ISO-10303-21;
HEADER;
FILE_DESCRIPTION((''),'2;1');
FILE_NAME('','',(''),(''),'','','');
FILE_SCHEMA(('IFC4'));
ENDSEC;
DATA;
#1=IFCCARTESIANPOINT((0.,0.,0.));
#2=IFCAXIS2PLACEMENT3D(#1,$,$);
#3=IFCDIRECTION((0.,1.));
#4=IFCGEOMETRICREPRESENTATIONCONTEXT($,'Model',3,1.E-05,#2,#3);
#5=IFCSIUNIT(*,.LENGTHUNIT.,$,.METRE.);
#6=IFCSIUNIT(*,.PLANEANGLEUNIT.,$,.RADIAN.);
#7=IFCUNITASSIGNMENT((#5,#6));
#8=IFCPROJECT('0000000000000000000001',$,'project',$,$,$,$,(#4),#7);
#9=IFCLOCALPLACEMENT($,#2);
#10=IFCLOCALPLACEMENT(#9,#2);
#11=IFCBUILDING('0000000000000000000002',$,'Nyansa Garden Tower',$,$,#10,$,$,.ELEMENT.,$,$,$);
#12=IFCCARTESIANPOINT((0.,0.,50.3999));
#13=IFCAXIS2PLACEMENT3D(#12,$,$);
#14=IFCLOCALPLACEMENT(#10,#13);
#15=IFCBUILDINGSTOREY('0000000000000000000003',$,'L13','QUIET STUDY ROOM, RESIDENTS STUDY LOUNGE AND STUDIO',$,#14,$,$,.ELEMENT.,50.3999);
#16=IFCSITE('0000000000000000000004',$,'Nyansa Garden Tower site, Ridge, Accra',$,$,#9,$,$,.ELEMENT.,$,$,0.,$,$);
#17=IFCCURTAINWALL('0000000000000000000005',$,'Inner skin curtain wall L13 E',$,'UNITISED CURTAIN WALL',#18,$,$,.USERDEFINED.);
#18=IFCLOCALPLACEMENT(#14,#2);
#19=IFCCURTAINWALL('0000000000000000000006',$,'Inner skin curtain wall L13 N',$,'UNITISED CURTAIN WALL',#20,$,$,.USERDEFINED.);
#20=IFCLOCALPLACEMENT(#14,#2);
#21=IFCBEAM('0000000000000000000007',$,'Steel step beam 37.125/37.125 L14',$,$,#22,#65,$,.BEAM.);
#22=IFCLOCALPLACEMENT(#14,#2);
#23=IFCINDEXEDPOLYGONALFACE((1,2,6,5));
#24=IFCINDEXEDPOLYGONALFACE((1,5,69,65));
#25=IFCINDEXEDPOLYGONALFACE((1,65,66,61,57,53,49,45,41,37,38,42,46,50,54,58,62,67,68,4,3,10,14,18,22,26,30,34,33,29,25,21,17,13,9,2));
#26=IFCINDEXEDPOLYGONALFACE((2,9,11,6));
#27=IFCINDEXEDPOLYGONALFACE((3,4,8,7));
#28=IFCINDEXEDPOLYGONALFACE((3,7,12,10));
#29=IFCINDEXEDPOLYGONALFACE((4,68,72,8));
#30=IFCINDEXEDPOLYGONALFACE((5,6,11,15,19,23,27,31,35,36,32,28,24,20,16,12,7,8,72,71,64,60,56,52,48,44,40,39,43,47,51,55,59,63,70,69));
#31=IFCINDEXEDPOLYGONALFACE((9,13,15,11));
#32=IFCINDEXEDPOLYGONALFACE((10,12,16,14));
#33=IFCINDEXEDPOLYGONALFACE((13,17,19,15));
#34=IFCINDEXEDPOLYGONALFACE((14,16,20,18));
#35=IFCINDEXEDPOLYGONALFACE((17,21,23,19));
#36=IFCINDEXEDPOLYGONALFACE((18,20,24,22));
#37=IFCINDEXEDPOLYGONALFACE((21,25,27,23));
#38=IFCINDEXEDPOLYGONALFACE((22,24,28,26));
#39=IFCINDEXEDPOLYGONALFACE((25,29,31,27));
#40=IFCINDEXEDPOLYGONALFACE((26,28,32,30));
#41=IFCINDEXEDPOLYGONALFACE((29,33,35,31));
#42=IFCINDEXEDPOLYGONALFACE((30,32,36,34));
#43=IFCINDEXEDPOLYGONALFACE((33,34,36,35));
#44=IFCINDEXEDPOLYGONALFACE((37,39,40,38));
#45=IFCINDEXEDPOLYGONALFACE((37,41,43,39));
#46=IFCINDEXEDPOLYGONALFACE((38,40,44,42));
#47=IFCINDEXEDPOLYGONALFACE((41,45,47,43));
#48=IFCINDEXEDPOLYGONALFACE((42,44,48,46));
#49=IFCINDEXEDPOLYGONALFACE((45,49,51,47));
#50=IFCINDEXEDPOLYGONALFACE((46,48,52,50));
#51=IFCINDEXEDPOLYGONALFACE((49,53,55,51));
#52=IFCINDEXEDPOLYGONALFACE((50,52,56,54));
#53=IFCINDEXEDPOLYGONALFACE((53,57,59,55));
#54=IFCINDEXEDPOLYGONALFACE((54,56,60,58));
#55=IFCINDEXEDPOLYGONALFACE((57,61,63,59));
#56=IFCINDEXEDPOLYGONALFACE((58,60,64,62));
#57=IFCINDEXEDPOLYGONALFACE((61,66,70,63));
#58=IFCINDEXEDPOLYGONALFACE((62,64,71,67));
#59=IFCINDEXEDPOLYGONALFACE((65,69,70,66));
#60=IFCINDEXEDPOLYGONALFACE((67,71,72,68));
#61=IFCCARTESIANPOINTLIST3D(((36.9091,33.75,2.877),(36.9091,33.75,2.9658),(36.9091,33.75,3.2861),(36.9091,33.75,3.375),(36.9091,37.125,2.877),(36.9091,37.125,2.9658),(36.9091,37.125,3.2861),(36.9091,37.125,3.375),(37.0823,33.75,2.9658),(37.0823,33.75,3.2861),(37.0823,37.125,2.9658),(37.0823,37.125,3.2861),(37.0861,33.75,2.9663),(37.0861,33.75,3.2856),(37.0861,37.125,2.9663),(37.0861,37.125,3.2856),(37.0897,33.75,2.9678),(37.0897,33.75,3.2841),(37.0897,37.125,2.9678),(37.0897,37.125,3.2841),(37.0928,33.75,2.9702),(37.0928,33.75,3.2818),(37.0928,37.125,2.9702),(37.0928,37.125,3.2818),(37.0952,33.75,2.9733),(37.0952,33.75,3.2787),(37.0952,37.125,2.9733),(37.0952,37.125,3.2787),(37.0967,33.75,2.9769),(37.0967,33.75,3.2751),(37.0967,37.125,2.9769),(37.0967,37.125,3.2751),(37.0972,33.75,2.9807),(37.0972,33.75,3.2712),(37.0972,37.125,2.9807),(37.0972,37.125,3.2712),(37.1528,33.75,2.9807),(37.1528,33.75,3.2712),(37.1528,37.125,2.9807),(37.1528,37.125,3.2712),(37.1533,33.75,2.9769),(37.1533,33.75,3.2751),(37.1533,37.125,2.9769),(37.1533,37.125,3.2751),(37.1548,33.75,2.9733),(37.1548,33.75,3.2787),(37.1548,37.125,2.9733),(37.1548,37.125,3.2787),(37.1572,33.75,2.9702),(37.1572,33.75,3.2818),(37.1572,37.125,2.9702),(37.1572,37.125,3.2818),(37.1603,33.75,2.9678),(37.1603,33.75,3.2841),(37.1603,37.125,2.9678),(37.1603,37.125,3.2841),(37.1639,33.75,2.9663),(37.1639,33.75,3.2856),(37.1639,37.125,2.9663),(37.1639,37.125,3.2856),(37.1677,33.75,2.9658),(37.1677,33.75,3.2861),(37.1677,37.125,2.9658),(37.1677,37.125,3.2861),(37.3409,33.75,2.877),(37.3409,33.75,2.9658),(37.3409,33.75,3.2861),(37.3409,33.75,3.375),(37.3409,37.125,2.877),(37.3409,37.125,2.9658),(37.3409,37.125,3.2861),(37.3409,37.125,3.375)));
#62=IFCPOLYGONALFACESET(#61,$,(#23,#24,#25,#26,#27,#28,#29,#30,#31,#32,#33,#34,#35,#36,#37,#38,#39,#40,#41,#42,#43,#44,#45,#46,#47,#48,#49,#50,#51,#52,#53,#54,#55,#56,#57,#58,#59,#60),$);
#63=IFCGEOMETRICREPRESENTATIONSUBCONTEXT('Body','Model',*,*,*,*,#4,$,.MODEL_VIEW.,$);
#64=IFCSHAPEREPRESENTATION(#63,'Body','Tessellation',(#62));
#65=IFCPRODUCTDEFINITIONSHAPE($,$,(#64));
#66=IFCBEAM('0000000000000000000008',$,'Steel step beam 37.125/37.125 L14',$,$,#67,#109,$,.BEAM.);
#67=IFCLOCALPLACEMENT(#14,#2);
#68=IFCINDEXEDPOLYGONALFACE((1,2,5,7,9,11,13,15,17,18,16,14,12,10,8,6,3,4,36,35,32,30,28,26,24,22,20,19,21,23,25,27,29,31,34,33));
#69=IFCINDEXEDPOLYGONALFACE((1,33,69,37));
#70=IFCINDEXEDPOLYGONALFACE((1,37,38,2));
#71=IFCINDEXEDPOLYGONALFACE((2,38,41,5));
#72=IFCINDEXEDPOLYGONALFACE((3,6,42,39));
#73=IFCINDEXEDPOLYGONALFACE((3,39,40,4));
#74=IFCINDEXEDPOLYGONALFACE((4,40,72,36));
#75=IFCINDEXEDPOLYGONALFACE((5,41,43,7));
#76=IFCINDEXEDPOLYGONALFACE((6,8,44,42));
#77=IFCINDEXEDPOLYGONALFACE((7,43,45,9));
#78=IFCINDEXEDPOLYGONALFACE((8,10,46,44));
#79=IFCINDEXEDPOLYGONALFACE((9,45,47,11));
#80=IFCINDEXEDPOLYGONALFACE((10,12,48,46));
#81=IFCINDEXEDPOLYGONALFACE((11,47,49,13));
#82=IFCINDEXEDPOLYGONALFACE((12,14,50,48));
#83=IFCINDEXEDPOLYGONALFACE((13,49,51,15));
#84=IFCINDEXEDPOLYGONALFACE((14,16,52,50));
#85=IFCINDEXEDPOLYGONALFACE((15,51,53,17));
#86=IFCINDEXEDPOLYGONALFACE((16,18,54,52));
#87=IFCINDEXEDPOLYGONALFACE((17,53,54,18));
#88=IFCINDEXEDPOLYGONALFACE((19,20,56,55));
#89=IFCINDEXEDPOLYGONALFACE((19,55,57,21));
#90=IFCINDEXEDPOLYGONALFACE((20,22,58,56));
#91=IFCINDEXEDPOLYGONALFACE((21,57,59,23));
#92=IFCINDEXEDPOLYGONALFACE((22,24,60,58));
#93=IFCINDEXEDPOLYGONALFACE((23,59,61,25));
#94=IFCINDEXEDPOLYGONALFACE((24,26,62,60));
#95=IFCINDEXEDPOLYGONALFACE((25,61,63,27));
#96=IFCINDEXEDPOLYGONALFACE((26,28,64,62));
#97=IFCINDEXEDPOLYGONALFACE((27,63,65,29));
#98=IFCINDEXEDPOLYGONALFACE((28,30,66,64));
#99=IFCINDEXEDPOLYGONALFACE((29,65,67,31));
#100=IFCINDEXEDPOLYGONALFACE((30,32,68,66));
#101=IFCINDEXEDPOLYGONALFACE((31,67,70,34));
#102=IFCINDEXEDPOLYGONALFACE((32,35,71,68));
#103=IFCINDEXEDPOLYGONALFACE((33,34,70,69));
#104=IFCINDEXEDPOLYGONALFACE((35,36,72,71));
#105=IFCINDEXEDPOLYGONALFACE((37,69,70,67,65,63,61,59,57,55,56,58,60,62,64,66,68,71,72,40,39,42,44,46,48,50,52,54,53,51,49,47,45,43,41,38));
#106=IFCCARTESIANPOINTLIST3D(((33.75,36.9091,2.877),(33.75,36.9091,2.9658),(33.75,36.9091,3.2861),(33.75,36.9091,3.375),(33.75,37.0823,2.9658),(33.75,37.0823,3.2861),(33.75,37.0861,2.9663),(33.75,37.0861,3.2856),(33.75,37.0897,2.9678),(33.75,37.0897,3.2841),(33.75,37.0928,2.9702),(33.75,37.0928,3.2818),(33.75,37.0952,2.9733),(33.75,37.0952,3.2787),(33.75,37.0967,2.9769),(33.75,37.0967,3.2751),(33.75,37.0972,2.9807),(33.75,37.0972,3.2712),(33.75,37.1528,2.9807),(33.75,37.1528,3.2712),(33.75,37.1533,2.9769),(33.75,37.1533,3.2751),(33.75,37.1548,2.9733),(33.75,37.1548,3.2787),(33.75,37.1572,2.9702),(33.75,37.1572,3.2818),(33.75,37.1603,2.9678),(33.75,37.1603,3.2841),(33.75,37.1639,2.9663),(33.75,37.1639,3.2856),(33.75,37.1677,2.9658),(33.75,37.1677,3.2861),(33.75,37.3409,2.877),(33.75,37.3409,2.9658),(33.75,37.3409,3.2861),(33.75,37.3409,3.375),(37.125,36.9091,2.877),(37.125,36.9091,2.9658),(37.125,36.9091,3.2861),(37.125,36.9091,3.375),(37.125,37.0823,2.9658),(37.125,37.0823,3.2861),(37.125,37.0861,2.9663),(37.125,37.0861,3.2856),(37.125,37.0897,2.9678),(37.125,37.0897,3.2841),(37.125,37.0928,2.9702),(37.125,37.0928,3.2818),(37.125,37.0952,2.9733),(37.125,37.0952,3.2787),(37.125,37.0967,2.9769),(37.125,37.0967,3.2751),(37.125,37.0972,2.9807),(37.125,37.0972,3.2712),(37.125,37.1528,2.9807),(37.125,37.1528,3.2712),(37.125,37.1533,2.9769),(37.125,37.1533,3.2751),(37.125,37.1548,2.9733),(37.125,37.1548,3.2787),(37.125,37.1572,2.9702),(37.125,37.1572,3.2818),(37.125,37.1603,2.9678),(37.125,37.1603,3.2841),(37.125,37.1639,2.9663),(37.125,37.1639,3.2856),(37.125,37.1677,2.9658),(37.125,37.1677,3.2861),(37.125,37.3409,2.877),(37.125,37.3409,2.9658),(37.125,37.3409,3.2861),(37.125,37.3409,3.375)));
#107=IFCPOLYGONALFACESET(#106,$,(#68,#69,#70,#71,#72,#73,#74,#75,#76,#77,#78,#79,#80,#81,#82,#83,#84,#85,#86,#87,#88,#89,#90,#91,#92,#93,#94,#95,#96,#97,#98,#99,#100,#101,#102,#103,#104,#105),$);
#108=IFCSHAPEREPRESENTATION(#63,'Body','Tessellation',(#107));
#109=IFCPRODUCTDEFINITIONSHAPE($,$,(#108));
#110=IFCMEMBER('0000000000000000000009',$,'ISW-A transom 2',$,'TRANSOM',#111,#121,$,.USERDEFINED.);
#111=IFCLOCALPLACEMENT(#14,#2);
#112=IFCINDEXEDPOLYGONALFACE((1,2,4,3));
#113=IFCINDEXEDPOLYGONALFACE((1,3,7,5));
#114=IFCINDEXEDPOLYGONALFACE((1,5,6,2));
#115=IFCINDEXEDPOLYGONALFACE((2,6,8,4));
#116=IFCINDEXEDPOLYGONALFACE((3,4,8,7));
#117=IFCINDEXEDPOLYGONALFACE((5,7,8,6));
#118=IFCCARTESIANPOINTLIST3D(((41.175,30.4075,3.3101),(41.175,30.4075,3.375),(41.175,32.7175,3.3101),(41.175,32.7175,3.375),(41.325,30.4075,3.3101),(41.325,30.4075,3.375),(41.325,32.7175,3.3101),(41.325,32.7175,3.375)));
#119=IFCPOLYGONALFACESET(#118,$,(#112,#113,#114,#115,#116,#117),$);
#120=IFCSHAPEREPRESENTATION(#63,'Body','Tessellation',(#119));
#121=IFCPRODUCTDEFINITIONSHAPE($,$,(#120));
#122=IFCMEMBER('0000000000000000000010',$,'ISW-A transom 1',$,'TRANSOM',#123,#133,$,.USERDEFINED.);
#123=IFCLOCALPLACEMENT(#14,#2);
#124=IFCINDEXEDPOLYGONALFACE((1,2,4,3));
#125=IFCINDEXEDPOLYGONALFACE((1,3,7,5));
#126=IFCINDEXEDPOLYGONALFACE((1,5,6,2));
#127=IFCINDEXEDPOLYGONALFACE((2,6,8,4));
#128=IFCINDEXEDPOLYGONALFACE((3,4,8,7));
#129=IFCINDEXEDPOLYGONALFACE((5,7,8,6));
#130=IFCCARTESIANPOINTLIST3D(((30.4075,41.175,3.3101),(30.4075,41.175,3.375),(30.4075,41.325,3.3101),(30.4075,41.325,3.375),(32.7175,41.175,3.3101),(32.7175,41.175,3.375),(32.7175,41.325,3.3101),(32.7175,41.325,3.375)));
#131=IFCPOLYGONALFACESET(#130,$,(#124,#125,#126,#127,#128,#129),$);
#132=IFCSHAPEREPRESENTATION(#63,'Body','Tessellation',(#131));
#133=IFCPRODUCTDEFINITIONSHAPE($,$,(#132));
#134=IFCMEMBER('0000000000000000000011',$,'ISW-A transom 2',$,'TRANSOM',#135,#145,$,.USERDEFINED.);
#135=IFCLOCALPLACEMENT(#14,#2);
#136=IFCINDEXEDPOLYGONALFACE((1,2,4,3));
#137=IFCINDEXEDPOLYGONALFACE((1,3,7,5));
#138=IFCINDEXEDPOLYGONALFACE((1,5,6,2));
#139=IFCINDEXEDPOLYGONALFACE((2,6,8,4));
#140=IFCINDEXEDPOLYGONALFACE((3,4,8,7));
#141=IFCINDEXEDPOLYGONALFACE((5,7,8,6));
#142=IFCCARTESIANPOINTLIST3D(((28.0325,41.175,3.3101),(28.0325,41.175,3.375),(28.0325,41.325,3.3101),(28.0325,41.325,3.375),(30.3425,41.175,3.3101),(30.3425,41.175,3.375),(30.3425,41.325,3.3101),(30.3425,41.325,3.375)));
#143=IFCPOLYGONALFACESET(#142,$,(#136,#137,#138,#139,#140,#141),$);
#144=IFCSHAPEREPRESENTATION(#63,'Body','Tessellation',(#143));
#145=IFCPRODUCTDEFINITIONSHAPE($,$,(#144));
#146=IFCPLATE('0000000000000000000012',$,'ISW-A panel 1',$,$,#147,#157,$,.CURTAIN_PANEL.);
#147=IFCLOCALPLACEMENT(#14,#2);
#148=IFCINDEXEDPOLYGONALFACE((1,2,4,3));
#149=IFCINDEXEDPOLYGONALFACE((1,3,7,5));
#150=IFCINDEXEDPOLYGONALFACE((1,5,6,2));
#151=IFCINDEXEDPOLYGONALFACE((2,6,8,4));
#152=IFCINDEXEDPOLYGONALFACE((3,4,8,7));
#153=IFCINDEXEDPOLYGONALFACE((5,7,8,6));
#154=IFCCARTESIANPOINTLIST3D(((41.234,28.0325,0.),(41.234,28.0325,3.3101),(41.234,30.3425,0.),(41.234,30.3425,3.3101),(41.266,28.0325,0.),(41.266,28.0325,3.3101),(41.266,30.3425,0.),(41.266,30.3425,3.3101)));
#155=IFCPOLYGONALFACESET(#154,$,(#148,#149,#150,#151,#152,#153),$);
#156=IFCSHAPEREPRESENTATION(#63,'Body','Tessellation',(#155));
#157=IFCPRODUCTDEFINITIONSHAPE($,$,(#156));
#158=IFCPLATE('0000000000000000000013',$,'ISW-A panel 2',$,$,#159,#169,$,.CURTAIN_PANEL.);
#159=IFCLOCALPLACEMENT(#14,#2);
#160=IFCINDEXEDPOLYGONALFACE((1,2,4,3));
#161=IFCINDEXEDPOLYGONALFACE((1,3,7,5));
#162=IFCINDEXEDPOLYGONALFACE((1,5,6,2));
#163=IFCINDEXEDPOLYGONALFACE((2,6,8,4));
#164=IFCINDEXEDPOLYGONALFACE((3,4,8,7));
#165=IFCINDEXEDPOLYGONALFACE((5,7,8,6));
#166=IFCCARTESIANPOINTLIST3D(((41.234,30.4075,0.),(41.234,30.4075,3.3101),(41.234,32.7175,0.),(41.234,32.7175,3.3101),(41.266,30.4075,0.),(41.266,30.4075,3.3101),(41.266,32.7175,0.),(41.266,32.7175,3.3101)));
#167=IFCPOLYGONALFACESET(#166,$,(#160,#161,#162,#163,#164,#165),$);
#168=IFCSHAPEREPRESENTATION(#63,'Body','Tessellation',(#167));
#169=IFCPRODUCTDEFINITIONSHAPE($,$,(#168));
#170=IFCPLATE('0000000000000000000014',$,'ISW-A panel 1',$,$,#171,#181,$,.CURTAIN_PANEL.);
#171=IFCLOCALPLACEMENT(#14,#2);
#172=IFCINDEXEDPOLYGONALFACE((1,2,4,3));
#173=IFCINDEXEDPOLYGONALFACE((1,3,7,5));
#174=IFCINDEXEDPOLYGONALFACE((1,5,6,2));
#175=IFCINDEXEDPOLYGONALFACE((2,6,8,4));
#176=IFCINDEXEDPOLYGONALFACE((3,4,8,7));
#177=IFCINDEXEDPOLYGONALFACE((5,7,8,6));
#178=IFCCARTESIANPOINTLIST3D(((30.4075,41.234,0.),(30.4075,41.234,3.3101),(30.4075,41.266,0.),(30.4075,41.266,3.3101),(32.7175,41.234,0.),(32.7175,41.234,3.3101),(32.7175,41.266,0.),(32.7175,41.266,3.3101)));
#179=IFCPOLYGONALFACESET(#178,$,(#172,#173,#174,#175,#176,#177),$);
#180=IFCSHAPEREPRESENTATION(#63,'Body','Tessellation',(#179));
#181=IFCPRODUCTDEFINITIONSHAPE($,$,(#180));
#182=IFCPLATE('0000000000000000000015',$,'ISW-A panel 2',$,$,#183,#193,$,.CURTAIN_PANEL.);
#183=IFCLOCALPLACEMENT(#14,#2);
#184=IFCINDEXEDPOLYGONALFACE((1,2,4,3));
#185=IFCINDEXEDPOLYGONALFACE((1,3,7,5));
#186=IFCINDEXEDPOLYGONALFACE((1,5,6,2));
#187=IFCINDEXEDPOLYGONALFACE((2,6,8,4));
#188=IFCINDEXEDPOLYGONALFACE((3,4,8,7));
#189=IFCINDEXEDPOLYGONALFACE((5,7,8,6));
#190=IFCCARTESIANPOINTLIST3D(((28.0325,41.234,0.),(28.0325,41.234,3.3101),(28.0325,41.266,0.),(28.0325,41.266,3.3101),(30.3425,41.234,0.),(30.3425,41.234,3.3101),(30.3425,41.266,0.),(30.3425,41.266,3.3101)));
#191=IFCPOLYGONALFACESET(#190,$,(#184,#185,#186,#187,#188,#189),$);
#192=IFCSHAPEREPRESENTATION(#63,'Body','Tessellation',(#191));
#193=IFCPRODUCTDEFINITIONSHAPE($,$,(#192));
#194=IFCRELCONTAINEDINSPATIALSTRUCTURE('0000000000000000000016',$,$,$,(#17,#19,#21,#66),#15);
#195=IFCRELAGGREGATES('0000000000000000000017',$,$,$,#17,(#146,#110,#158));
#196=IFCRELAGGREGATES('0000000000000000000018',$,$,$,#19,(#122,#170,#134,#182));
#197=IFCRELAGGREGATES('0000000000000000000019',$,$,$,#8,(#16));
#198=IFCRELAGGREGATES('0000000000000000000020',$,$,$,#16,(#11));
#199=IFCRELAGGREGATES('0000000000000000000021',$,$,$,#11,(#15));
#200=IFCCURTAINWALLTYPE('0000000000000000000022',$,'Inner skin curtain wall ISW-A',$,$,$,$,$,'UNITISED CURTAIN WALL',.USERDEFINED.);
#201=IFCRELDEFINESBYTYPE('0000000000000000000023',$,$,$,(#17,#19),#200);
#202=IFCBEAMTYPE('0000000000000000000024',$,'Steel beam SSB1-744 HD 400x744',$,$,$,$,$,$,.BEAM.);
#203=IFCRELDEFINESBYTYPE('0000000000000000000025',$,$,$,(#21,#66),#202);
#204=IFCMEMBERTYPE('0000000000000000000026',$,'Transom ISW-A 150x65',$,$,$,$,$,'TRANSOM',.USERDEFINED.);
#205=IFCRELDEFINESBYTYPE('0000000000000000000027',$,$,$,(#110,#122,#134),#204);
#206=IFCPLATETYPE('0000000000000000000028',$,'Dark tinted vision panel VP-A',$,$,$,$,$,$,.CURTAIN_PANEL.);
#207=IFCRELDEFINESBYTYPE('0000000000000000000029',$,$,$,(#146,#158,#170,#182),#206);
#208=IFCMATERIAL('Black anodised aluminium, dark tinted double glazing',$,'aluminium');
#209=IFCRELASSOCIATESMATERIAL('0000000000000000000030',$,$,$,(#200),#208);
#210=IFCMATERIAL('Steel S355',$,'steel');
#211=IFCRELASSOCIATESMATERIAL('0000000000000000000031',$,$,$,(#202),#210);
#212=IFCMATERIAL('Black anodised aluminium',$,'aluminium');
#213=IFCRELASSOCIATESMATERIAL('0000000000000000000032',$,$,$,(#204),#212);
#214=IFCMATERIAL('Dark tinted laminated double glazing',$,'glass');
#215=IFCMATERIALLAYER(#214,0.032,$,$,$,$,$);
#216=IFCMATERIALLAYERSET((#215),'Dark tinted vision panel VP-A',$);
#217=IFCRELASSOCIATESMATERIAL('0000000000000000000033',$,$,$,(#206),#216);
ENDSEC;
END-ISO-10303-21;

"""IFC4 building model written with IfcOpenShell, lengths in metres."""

from ifc_helpers import new_model, si_unit, direction, frame, origin, origin_2d, place, context, subcontext, project, spatial, rectangle, i_section, extrude, material, layer, layer_set, material_profile, profile_set, type_object, element, aggregate, save


model = new_model("IFC4")

# Units and contexts
model_context = context("Model", 3, precision=1e-05, world=origin(), true_north=direction((0.0, 1.0)))
body_context = subcontext(model_context, "Body", "Model", "MODEL_VIEW")
ifc_project = project(units=[si_unit("LENGTHUNIT", "METRE"), si_unit("PLANEANGLEUNIT", "RADIAN")], contexts=[model_context])

# Site, building, storey
site_placement = place(None, origin())
site = spatial("IfcSite", under=ifc_project, at=site_placement, Name="Nyansa Garden Tower site, Ridge, Accra", CompositionType="ELEMENT", RefElevation=0.0)
building_placement = place(site_placement, origin())
building = spatial("IfcBuilding", under=site, at=building_placement, Name="Nyansa Garden Tower", CompositionType="ELEMENT")
storey_placement = place(building_placement, frame((0.0, 0.0, 50.3999)))
storey = spatial("IfcBuildingStorey", under=building, at=storey_placement, Name="L13", Description="QUIET STUDY ROOM, RESIDENTS STUDY LOUNGE AND STUDIO", CompositionType="ELEMENT", Elevation=50.3999)

# Curtain walls
ifc_material_1 = material(Name="Black anodised aluminium, dark tinted double glazing", Category="aluminium")
curtain_wall_type = type_object("IfcCurtainWallType", Name="Inner skin curtain wall ISW-A", ElementType="UNITISED CURTAIN WALL", PredefinedType="USERDEFINED", material=ifc_material_1)
curtain_wall_1_placement = place(storey_placement, origin())
curtain_wall_1 = element("IfcCurtainWall", 1, at=curtain_wall_1_placement, inside=storey, type_object=curtain_wall_type, Name="Inner skin curtain wall L13 E", ObjectType="UNITISED CURTAIN WALL", PredefinedType="USERDEFINED")
curtain_wall_2_placement = place(storey_placement, origin())
curtain_wall_2 = element("IfcCurtainWall", 2, at=curtain_wall_2_placement, inside=storey, type_object=curtain_wall_type, Name="Inner skin curtain wall L13 N", ObjectType="UNITISED CURTAIN WALL", PredefinedType="USERDEFINED")

# Beams
ifc_material_2 = material(Name="Steel S355", Category="steel")
ifc_material_profile_1 = material_profile(ifc_material_2, i_section(OverallWidth=0.4319, OverallDepth=0.498, WebThickness=0.0557, FlangeThickness=0.0889, FilletRadius=0.0149, at=origin_2d()), Name="HD 400x744")
ifc_profile_set_1 = profile_set([ifc_material_profile_1], Name="Steel S355")
beam_type_1 = type_object("IfcBeamType", Name="Steel beam SSB1-744 HD 400x744", PredefinedType="BEAM", material=ifc_profile_set_1)
for number, where, z_axis, x_axis, name in (
    (3, (37.125, 37.125, 3.126), (0.0, -1.0, 0.0), (1.0, 0.0, 0.0), "Steel step beam 37.125/37.125 L14"),
    (4, (37.125, 37.125, 3.126), (-1.0, 0.0, 0.0), (0.0, -1.0, 0.0), "Steel step beam 37.125/37.125 L14"),
):
    element("IfcBeam", number, at=place(storey_placement, frame(where, z_axis=z_axis, x_axis=x_axis)), inside=storey, type_object=beam_type_1, Name=name, PredefinedType="BEAM", context=body_context, shape_type="SweptSolid", body=[
        extrude(i_section(OverallWidth=0.4319, OverallDepth=0.498, WebThickness=0.0557, FlangeThickness=0.0889, FilletRadius=0.0149, at=origin_2d()), origin(), (0.0, 0.0, 1.0), 3.375),
    ])

# Members
ifc_material_3 = material(Name="Black anodised aluminium", Category="aluminium")
ifc_material_profile_2 = material_profile(ifc_material_3, rectangle(XDim=0.1499, YDim=0.0649, at=origin_2d()), Name="Transom 150x65")
ifc_profile_set_2 = profile_set([ifc_material_profile_2], Name="Black anodised aluminium")
member_type_1 = type_object("IfcMemberType", Name="Transom ISW-A 150x65", ElementType="TRANSOM", PredefinedType="USERDEFINED", material=ifc_profile_set_2)
member_1_placement = place(storey_placement, frame((41.25, 30.4075, 3.3425), z_axis=(0.0, 1.0, 0.0), x_axis=(-1.0, 0.0, 0.0)))
member_1 = element("IfcMember", 5, at=member_1_placement, type_object=member_type_1, Name="ISW-A transom 2", ObjectType="TRANSOM", PredefinedType="USERDEFINED", context=body_context, shape_type="SweptSolid", body=[
    extrude(rectangle(XDim=0.1499, YDim=0.0649, at=origin_2d()), origin(), (0.0, 0.0, 1.0), 2.3101),
])
member_2_placement = place(storey_placement, frame((32.7175, 41.25, 3.3425), z_axis=(-1.0, 0.0, 0.0), x_axis=(0.0, -1.0, 0.0)))
member_2 = element("IfcMember", 6, at=member_2_placement, type_object=member_type_1, Name="ISW-A transom 1", ObjectType="TRANSOM", PredefinedType="USERDEFINED", context=body_context, shape_type="SweptSolid", body=[
    extrude(rectangle(XDim=0.1499, YDim=0.0649, at=origin_2d()), origin(), (0.0, 0.0, 1.0), 2.3101),
])
member_3_placement = place(storey_placement, frame((30.3425, 41.25, 3.3425), z_axis=(-1.0, 0.0, 0.0), x_axis=(0.0, -1.0, 0.0)))
member_3 = element("IfcMember", 7, at=member_3_placement, type_object=member_type_1, Name="ISW-A transom 2", ObjectType="TRANSOM", PredefinedType="USERDEFINED", context=body_context, shape_type="SweptSolid", body=[
    extrude(rectangle(XDim=0.1499, YDim=0.0649, at=origin_2d()), origin(), (0.0, 0.0, 1.0), 2.3101),
])

# Plates
ifc_material_4 = material(Name="Dark tinted laminated double glazing", Category="glass")
ifc_layer_1 = layer(ifc_material_4, 0.032)
ifc_layer_set_1 = layer_set([ifc_layer_1], Name="Dark tinted vision panel VP-A")
plate_type = type_object("IfcPlateType", Name="Dark tinted vision panel VP-A", PredefinedType="CURTAIN_PANEL", material=ifc_layer_set_1)
plate_1_placement = place(storey_placement, frame((41.25, 29.1875, 0.0), z_axis=(0.0, 0.0, 1.0), x_axis=(0.0, 1.0, 0.0)))
plate_1 = element("IfcPlate", 8, at=plate_1_placement, type_object=plate_type, Name="ISW-A panel 1", PredefinedType="CURTAIN_PANEL", context=body_context, shape_type="SweptSolid", body=[
    extrude(rectangle(XDim=2.3101, YDim=0.032, at=origin_2d()), origin(), (0.0, 0.0, 1.0), 3.3101),
])
plate_2_placement = place(storey_placement, frame((41.25, 31.5625, 0.0), z_axis=(0.0, 0.0, 1.0), x_axis=(0.0, 1.0, 0.0)))
plate_2 = element("IfcPlate", 9, at=plate_2_placement, type_object=plate_type, Name="ISW-A panel 2", PredefinedType="CURTAIN_PANEL", context=body_context, shape_type="SweptSolid", body=[
    extrude(rectangle(XDim=2.3101, YDim=0.032, at=origin_2d()), origin(), (0.0, 0.0, 1.0), 3.3101),
])
aggregate(curtain_wall_1, [plate_1, member_1, plate_2])
plate_3_placement = place(storey_placement, frame((31.5625, 41.25, 0.0), z_axis=(0.0, 0.0, 1.0), x_axis=(-1.0, 0.0, 0.0)))
plate_3 = element("IfcPlate", 10, at=plate_3_placement, type_object=plate_type, Name="ISW-A panel 1", PredefinedType="CURTAIN_PANEL", context=body_context, shape_type="SweptSolid", body=[
    extrude(rectangle(XDim=2.3101, YDim=0.032, at=origin_2d()), origin(), (0.0, 0.0, 1.0), 3.3101),
])
plate_4_placement = place(storey_placement, frame((29.1875, 41.25, 0.0), z_axis=(0.0, 0.0, 1.0), x_axis=(-1.0, 0.0, 0.0)))
plate_4 = element("IfcPlate", 11, at=plate_4_placement, type_object=plate_type, Name="ISW-A panel 2", PredefinedType="CURTAIN_PANEL", context=body_context, shape_type="SweptSolid", body=[
    extrude(rectangle(XDim=2.3101, YDim=0.032, at=origin_2d()), origin(), (0.0, 0.0, 1.0), 3.3101),
])
aggregate(curtain_wall_2, [member_2, plate_3, member_3, plate_4])

save(model, "model.ifc")
